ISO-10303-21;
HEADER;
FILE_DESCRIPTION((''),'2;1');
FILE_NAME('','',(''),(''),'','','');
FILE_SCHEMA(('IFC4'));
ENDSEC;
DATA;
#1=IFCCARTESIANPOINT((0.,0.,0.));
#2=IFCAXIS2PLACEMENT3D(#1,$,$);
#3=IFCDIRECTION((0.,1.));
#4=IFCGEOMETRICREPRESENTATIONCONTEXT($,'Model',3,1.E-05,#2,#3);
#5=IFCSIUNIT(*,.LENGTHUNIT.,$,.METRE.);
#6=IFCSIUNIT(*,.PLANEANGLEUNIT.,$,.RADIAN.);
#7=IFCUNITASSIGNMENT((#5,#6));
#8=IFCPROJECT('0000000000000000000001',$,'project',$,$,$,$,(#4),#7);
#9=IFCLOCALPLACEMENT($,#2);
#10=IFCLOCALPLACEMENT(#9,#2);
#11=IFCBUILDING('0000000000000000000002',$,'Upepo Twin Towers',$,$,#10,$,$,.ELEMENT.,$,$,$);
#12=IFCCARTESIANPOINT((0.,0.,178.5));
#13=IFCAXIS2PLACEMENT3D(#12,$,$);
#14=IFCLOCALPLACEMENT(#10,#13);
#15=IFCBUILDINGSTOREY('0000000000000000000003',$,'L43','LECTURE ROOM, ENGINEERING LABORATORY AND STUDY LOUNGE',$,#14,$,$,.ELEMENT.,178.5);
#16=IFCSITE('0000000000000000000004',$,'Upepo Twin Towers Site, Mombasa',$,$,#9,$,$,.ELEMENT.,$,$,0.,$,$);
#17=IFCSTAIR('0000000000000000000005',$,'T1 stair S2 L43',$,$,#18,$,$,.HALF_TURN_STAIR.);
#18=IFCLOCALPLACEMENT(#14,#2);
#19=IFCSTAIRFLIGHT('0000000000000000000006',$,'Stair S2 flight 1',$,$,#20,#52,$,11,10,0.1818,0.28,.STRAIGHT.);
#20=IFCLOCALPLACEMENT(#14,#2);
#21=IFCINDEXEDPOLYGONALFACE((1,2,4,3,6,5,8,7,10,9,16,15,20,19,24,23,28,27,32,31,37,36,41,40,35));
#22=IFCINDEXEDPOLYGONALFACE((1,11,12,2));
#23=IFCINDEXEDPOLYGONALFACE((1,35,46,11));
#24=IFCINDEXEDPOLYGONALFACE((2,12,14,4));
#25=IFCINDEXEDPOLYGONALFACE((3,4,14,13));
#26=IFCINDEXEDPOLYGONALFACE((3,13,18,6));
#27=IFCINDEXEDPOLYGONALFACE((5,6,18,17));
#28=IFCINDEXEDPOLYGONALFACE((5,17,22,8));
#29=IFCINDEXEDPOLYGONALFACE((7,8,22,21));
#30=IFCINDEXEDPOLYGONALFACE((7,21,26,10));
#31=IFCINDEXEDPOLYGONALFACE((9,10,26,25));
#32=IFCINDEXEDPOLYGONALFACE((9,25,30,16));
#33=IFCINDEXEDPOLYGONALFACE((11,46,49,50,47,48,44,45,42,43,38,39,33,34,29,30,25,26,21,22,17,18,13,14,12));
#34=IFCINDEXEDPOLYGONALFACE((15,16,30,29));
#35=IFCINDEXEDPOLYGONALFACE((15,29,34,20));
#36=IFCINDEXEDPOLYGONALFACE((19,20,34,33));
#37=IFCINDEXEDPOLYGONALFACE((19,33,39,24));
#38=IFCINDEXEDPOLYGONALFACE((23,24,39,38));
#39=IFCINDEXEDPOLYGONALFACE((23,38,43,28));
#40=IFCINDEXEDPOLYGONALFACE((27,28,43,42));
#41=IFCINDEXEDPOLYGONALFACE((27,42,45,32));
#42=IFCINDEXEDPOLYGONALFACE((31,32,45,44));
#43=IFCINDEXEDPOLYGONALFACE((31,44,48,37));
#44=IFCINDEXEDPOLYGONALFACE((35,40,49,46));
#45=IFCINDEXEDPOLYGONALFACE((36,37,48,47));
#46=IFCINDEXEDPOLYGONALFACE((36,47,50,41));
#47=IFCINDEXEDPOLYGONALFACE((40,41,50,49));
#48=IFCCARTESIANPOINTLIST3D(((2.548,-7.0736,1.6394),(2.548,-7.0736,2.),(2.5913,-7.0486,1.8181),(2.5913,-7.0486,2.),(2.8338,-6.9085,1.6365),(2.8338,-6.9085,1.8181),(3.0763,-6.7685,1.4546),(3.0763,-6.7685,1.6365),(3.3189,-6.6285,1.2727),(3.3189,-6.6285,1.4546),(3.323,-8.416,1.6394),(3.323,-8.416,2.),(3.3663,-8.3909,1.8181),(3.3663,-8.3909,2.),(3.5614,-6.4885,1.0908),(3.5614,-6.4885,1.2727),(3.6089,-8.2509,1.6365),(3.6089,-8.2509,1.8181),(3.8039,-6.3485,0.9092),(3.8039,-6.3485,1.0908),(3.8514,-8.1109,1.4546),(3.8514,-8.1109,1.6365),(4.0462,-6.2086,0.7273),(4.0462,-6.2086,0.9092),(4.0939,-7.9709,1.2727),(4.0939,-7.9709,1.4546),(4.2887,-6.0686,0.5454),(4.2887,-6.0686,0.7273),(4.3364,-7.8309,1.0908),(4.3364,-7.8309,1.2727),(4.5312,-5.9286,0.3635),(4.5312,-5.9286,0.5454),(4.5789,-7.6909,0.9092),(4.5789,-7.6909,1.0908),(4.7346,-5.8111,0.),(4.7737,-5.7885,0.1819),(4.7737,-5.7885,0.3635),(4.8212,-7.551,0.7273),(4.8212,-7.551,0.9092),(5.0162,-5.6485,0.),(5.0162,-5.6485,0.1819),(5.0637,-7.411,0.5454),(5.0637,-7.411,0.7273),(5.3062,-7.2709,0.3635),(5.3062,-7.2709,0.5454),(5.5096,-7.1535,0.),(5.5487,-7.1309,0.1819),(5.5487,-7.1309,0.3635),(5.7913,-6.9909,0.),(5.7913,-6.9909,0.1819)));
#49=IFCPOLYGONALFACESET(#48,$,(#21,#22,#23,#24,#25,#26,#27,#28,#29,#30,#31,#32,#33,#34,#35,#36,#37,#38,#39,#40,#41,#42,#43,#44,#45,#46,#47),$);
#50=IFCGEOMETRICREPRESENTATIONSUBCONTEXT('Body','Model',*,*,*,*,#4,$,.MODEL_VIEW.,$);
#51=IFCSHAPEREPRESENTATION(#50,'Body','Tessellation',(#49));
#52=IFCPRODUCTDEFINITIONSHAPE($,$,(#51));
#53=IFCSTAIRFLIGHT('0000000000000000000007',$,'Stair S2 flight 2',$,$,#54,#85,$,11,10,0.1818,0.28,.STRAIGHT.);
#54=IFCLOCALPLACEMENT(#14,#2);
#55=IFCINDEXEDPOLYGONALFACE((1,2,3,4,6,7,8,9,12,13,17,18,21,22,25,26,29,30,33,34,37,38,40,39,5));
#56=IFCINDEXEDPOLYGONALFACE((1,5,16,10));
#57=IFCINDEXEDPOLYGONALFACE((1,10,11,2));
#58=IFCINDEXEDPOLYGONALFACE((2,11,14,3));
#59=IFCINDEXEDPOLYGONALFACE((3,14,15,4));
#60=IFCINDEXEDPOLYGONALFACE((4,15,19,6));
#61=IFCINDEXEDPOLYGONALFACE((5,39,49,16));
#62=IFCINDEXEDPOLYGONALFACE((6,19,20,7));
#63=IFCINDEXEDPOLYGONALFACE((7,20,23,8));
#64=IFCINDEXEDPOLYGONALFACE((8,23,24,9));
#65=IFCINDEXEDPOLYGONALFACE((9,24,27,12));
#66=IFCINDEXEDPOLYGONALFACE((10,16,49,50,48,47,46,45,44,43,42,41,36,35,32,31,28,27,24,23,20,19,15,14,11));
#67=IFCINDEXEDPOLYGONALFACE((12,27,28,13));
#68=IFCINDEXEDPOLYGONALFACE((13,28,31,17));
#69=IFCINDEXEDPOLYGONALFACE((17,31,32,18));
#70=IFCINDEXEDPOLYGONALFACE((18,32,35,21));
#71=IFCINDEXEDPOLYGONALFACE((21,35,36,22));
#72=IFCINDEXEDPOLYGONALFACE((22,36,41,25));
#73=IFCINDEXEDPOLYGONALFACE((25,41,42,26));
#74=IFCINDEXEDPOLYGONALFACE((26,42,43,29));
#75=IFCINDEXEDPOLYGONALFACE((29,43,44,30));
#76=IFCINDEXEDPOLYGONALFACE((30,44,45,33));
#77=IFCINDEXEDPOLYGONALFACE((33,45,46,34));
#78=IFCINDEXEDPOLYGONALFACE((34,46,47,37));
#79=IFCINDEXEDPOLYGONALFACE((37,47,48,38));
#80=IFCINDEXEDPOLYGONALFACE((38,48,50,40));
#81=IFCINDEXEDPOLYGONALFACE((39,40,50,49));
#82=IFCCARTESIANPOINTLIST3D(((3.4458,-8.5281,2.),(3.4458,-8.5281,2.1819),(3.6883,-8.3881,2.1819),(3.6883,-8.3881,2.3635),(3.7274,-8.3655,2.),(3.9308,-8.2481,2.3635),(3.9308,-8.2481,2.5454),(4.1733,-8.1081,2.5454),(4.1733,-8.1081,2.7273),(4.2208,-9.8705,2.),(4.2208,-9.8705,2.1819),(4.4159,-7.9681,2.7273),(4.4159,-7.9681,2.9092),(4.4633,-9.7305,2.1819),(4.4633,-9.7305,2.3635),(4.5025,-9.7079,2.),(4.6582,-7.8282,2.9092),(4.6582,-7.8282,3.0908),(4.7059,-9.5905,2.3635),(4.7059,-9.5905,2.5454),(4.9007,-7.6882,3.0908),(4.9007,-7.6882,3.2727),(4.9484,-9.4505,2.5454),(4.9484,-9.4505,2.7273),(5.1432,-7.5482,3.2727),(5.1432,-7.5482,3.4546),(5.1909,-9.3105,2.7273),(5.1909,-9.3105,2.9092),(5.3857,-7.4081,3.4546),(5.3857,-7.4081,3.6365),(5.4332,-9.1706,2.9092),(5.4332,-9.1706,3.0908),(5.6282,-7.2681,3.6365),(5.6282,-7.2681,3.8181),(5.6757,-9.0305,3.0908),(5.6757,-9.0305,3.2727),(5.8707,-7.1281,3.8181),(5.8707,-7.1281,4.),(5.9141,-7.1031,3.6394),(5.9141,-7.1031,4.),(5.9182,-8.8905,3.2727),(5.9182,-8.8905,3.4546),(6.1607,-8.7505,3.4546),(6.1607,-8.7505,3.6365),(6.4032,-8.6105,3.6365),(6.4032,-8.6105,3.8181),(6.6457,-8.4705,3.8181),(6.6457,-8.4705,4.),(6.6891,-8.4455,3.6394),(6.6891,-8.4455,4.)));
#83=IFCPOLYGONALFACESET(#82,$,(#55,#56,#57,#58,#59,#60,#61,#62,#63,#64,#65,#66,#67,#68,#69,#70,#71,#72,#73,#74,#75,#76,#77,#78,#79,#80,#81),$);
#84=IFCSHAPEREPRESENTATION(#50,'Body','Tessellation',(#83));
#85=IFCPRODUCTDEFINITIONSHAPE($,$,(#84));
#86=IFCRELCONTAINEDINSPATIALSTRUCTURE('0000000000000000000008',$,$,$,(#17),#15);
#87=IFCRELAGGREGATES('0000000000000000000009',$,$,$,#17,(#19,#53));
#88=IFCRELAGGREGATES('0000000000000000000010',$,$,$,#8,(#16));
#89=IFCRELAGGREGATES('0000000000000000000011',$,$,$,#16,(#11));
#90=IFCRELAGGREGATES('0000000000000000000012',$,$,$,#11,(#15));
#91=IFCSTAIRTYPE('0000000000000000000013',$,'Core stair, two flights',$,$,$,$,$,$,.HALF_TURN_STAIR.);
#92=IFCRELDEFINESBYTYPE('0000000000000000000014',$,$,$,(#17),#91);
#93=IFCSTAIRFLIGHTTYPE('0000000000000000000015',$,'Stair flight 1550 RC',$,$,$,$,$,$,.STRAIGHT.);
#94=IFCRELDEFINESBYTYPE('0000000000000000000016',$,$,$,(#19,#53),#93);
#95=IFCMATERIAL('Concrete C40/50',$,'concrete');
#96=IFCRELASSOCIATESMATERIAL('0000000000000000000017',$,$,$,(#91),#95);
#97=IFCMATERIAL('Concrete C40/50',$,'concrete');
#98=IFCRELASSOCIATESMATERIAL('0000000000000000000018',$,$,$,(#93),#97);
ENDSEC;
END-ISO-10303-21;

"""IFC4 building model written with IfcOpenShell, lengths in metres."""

from ifc_helpers import new_model, si_unit, direction, frame, origin, place, context, subcontext, project, spatial, polyline, outline, extrude, material, type_object, element, aggregate, save


model = new_model("IFC4")

# Units and contexts
model_context = context("Model", 3, precision=1e-05, world=origin(), true_north=direction((0.0, 1.0)))
body_context = subcontext(model_context, "Body", "Model", "MODEL_VIEW")
ifc_project = project(units=[si_unit("LENGTHUNIT", "METRE"), si_unit("PLANEANGLEUNIT", "RADIAN")], contexts=[model_context])

# Site, building, storey
site_placement = place(None, origin())
site = spatial("IfcSite", under=ifc_project, at=site_placement, Name="Upepo Twin Towers Site, Mombasa", CompositionType="ELEMENT", RefElevation=0.0)
building_placement = place(site_placement, origin())
building = spatial("IfcBuilding", under=site, at=building_placement, Name="Upepo Twin Towers", CompositionType="ELEMENT")
storey_placement = place(building_placement, frame((0.0, 0.0, 178.5)))
storey = spatial("IfcBuildingStorey", under=building, at=storey_placement, Name="L43", Description="LECTURE ROOM, ENGINEERING LABORATORY AND STUDY LOUNGE", CompositionType="ELEMENT", Elevation=178.5)

# Shared definitions
ifc_material_1 = material(Name="Concrete C40/50", Category="concrete")
stair_type = type_object("IfcStairType", Name="Core stair, two flights", PredefinedType="HALF_TURN_STAIR", material=ifc_material_1)

# Stair
stair_1_placement = place(storey_placement, origin())
stair_1 = element("IfcStair", 1, at=stair_1_placement, inside=storey, type_object=stair_type, Name="T1 stair S2 L43", PredefinedType="HALF_TURN_STAIR")

# Stair flights
ifc_material_2 = material(Name="Concrete C40/50", Category="concrete")
stair_flight_type = type_object("IfcStairFlightType", Name="Stair flight 1550 RC", PredefinedType="STRAIGHT", material=ifc_material_2)
stair_flight_1_placement = place(storey_placement, frame((5.4038, -6.3198, 0.0), z_axis=(0.0, 0.0, 1.0), x_axis=(-0.866025, -0.5, 0.0)))
stair_flight_1 = element("IfcStairFlight", 2, at=stair_flight_1_placement, type_object=stair_flight_type, Name="Stair S2 flight 1", NumberOfRisers=11, NumberOfTreads=10, PredefinedType="STRAIGHT", RiserHeight=0.1818, TreadLength=0.28, context=body_context, shape_type="SweptSolid", body=[
    extrude(outline(polyline([(0.0, 0.0), (0.0, 0.1819), (0.28, 0.1819), (0.28, 0.3635), (0.5601, 0.3635), (0.5601, 0.5454), (0.8401, 0.5454), (0.8401, 0.7273), (1.1201, 0.7273), (1.1201, 0.9092), (1.3999, 0.9092), (1.3999, 1.0908), (1.6799, 1.0908), (1.6799, 1.2727), (1.96, 1.2727), (1.96, 1.4546), (2.24, 1.4546), (2.24, 1.6365), (2.52, 1.6365), (2.52, 1.8181), (2.8, 1.8181), (2.8, 2.0), (2.8501, 2.0), (2.8501, 1.6394), (0.3252, 0.0), (0.0, 0.0)])), frame((0.0, 0.7749, 0.0), z_axis=(0.0, -1.0, 0.0), x_axis=(1.0, 0.0, 0.0)), (0.0, 0.0, 1.0), 1.55),
])
stair_flight_2_placement = place(storey_placement, frame((3.8333, -9.1992, 2.0), z_axis=(0.0, 0.0, 1.0), x_axis=(0.866025, 0.5, 0.0)))
stair_flight_2 = element("IfcStairFlight", 3, at=stair_flight_2_placement, type_object=stair_flight_type, Name="Stair S2 flight 2", NumberOfRisers=11, NumberOfTreads=10, PredefinedType="STRAIGHT", RiserHeight=0.1818, TreadLength=0.28, context=body_context, shape_type="SweptSolid", body=[
    extrude(outline(polyline([(0.0, 0.0), (0.0, 0.1819), (0.28, 0.1819), (0.28, 0.3635), (0.5601, 0.3635), (0.5601, 0.5454), (0.8401, 0.5454), (0.8401, 0.7273), (1.1201, 0.7273), (1.1201, 0.9092), (1.3999, 0.9092), (1.3999, 1.0908), (1.6799, 1.0908), (1.6799, 1.2727), (1.96, 1.2727), (1.96, 1.4546), (2.24, 1.4546), (2.24, 1.6365), (2.52, 1.6365), (2.52, 1.8181), (2.8, 1.8181), (2.8, 2.0), (2.8501, 2.0), (2.8501, 1.6394), (0.3252, 0.0), (0.0, 0.0)])), frame((0.0, 0.7749, 0.0), z_axis=(0.0, -1.0, 0.0), x_axis=(1.0, 0.0, 0.0)), (0.0, 0.0, 1.0), 1.55),
])
aggregate(stair_1, [stair_flight_1, stair_flight_2])

save(model, "model.ifc")
